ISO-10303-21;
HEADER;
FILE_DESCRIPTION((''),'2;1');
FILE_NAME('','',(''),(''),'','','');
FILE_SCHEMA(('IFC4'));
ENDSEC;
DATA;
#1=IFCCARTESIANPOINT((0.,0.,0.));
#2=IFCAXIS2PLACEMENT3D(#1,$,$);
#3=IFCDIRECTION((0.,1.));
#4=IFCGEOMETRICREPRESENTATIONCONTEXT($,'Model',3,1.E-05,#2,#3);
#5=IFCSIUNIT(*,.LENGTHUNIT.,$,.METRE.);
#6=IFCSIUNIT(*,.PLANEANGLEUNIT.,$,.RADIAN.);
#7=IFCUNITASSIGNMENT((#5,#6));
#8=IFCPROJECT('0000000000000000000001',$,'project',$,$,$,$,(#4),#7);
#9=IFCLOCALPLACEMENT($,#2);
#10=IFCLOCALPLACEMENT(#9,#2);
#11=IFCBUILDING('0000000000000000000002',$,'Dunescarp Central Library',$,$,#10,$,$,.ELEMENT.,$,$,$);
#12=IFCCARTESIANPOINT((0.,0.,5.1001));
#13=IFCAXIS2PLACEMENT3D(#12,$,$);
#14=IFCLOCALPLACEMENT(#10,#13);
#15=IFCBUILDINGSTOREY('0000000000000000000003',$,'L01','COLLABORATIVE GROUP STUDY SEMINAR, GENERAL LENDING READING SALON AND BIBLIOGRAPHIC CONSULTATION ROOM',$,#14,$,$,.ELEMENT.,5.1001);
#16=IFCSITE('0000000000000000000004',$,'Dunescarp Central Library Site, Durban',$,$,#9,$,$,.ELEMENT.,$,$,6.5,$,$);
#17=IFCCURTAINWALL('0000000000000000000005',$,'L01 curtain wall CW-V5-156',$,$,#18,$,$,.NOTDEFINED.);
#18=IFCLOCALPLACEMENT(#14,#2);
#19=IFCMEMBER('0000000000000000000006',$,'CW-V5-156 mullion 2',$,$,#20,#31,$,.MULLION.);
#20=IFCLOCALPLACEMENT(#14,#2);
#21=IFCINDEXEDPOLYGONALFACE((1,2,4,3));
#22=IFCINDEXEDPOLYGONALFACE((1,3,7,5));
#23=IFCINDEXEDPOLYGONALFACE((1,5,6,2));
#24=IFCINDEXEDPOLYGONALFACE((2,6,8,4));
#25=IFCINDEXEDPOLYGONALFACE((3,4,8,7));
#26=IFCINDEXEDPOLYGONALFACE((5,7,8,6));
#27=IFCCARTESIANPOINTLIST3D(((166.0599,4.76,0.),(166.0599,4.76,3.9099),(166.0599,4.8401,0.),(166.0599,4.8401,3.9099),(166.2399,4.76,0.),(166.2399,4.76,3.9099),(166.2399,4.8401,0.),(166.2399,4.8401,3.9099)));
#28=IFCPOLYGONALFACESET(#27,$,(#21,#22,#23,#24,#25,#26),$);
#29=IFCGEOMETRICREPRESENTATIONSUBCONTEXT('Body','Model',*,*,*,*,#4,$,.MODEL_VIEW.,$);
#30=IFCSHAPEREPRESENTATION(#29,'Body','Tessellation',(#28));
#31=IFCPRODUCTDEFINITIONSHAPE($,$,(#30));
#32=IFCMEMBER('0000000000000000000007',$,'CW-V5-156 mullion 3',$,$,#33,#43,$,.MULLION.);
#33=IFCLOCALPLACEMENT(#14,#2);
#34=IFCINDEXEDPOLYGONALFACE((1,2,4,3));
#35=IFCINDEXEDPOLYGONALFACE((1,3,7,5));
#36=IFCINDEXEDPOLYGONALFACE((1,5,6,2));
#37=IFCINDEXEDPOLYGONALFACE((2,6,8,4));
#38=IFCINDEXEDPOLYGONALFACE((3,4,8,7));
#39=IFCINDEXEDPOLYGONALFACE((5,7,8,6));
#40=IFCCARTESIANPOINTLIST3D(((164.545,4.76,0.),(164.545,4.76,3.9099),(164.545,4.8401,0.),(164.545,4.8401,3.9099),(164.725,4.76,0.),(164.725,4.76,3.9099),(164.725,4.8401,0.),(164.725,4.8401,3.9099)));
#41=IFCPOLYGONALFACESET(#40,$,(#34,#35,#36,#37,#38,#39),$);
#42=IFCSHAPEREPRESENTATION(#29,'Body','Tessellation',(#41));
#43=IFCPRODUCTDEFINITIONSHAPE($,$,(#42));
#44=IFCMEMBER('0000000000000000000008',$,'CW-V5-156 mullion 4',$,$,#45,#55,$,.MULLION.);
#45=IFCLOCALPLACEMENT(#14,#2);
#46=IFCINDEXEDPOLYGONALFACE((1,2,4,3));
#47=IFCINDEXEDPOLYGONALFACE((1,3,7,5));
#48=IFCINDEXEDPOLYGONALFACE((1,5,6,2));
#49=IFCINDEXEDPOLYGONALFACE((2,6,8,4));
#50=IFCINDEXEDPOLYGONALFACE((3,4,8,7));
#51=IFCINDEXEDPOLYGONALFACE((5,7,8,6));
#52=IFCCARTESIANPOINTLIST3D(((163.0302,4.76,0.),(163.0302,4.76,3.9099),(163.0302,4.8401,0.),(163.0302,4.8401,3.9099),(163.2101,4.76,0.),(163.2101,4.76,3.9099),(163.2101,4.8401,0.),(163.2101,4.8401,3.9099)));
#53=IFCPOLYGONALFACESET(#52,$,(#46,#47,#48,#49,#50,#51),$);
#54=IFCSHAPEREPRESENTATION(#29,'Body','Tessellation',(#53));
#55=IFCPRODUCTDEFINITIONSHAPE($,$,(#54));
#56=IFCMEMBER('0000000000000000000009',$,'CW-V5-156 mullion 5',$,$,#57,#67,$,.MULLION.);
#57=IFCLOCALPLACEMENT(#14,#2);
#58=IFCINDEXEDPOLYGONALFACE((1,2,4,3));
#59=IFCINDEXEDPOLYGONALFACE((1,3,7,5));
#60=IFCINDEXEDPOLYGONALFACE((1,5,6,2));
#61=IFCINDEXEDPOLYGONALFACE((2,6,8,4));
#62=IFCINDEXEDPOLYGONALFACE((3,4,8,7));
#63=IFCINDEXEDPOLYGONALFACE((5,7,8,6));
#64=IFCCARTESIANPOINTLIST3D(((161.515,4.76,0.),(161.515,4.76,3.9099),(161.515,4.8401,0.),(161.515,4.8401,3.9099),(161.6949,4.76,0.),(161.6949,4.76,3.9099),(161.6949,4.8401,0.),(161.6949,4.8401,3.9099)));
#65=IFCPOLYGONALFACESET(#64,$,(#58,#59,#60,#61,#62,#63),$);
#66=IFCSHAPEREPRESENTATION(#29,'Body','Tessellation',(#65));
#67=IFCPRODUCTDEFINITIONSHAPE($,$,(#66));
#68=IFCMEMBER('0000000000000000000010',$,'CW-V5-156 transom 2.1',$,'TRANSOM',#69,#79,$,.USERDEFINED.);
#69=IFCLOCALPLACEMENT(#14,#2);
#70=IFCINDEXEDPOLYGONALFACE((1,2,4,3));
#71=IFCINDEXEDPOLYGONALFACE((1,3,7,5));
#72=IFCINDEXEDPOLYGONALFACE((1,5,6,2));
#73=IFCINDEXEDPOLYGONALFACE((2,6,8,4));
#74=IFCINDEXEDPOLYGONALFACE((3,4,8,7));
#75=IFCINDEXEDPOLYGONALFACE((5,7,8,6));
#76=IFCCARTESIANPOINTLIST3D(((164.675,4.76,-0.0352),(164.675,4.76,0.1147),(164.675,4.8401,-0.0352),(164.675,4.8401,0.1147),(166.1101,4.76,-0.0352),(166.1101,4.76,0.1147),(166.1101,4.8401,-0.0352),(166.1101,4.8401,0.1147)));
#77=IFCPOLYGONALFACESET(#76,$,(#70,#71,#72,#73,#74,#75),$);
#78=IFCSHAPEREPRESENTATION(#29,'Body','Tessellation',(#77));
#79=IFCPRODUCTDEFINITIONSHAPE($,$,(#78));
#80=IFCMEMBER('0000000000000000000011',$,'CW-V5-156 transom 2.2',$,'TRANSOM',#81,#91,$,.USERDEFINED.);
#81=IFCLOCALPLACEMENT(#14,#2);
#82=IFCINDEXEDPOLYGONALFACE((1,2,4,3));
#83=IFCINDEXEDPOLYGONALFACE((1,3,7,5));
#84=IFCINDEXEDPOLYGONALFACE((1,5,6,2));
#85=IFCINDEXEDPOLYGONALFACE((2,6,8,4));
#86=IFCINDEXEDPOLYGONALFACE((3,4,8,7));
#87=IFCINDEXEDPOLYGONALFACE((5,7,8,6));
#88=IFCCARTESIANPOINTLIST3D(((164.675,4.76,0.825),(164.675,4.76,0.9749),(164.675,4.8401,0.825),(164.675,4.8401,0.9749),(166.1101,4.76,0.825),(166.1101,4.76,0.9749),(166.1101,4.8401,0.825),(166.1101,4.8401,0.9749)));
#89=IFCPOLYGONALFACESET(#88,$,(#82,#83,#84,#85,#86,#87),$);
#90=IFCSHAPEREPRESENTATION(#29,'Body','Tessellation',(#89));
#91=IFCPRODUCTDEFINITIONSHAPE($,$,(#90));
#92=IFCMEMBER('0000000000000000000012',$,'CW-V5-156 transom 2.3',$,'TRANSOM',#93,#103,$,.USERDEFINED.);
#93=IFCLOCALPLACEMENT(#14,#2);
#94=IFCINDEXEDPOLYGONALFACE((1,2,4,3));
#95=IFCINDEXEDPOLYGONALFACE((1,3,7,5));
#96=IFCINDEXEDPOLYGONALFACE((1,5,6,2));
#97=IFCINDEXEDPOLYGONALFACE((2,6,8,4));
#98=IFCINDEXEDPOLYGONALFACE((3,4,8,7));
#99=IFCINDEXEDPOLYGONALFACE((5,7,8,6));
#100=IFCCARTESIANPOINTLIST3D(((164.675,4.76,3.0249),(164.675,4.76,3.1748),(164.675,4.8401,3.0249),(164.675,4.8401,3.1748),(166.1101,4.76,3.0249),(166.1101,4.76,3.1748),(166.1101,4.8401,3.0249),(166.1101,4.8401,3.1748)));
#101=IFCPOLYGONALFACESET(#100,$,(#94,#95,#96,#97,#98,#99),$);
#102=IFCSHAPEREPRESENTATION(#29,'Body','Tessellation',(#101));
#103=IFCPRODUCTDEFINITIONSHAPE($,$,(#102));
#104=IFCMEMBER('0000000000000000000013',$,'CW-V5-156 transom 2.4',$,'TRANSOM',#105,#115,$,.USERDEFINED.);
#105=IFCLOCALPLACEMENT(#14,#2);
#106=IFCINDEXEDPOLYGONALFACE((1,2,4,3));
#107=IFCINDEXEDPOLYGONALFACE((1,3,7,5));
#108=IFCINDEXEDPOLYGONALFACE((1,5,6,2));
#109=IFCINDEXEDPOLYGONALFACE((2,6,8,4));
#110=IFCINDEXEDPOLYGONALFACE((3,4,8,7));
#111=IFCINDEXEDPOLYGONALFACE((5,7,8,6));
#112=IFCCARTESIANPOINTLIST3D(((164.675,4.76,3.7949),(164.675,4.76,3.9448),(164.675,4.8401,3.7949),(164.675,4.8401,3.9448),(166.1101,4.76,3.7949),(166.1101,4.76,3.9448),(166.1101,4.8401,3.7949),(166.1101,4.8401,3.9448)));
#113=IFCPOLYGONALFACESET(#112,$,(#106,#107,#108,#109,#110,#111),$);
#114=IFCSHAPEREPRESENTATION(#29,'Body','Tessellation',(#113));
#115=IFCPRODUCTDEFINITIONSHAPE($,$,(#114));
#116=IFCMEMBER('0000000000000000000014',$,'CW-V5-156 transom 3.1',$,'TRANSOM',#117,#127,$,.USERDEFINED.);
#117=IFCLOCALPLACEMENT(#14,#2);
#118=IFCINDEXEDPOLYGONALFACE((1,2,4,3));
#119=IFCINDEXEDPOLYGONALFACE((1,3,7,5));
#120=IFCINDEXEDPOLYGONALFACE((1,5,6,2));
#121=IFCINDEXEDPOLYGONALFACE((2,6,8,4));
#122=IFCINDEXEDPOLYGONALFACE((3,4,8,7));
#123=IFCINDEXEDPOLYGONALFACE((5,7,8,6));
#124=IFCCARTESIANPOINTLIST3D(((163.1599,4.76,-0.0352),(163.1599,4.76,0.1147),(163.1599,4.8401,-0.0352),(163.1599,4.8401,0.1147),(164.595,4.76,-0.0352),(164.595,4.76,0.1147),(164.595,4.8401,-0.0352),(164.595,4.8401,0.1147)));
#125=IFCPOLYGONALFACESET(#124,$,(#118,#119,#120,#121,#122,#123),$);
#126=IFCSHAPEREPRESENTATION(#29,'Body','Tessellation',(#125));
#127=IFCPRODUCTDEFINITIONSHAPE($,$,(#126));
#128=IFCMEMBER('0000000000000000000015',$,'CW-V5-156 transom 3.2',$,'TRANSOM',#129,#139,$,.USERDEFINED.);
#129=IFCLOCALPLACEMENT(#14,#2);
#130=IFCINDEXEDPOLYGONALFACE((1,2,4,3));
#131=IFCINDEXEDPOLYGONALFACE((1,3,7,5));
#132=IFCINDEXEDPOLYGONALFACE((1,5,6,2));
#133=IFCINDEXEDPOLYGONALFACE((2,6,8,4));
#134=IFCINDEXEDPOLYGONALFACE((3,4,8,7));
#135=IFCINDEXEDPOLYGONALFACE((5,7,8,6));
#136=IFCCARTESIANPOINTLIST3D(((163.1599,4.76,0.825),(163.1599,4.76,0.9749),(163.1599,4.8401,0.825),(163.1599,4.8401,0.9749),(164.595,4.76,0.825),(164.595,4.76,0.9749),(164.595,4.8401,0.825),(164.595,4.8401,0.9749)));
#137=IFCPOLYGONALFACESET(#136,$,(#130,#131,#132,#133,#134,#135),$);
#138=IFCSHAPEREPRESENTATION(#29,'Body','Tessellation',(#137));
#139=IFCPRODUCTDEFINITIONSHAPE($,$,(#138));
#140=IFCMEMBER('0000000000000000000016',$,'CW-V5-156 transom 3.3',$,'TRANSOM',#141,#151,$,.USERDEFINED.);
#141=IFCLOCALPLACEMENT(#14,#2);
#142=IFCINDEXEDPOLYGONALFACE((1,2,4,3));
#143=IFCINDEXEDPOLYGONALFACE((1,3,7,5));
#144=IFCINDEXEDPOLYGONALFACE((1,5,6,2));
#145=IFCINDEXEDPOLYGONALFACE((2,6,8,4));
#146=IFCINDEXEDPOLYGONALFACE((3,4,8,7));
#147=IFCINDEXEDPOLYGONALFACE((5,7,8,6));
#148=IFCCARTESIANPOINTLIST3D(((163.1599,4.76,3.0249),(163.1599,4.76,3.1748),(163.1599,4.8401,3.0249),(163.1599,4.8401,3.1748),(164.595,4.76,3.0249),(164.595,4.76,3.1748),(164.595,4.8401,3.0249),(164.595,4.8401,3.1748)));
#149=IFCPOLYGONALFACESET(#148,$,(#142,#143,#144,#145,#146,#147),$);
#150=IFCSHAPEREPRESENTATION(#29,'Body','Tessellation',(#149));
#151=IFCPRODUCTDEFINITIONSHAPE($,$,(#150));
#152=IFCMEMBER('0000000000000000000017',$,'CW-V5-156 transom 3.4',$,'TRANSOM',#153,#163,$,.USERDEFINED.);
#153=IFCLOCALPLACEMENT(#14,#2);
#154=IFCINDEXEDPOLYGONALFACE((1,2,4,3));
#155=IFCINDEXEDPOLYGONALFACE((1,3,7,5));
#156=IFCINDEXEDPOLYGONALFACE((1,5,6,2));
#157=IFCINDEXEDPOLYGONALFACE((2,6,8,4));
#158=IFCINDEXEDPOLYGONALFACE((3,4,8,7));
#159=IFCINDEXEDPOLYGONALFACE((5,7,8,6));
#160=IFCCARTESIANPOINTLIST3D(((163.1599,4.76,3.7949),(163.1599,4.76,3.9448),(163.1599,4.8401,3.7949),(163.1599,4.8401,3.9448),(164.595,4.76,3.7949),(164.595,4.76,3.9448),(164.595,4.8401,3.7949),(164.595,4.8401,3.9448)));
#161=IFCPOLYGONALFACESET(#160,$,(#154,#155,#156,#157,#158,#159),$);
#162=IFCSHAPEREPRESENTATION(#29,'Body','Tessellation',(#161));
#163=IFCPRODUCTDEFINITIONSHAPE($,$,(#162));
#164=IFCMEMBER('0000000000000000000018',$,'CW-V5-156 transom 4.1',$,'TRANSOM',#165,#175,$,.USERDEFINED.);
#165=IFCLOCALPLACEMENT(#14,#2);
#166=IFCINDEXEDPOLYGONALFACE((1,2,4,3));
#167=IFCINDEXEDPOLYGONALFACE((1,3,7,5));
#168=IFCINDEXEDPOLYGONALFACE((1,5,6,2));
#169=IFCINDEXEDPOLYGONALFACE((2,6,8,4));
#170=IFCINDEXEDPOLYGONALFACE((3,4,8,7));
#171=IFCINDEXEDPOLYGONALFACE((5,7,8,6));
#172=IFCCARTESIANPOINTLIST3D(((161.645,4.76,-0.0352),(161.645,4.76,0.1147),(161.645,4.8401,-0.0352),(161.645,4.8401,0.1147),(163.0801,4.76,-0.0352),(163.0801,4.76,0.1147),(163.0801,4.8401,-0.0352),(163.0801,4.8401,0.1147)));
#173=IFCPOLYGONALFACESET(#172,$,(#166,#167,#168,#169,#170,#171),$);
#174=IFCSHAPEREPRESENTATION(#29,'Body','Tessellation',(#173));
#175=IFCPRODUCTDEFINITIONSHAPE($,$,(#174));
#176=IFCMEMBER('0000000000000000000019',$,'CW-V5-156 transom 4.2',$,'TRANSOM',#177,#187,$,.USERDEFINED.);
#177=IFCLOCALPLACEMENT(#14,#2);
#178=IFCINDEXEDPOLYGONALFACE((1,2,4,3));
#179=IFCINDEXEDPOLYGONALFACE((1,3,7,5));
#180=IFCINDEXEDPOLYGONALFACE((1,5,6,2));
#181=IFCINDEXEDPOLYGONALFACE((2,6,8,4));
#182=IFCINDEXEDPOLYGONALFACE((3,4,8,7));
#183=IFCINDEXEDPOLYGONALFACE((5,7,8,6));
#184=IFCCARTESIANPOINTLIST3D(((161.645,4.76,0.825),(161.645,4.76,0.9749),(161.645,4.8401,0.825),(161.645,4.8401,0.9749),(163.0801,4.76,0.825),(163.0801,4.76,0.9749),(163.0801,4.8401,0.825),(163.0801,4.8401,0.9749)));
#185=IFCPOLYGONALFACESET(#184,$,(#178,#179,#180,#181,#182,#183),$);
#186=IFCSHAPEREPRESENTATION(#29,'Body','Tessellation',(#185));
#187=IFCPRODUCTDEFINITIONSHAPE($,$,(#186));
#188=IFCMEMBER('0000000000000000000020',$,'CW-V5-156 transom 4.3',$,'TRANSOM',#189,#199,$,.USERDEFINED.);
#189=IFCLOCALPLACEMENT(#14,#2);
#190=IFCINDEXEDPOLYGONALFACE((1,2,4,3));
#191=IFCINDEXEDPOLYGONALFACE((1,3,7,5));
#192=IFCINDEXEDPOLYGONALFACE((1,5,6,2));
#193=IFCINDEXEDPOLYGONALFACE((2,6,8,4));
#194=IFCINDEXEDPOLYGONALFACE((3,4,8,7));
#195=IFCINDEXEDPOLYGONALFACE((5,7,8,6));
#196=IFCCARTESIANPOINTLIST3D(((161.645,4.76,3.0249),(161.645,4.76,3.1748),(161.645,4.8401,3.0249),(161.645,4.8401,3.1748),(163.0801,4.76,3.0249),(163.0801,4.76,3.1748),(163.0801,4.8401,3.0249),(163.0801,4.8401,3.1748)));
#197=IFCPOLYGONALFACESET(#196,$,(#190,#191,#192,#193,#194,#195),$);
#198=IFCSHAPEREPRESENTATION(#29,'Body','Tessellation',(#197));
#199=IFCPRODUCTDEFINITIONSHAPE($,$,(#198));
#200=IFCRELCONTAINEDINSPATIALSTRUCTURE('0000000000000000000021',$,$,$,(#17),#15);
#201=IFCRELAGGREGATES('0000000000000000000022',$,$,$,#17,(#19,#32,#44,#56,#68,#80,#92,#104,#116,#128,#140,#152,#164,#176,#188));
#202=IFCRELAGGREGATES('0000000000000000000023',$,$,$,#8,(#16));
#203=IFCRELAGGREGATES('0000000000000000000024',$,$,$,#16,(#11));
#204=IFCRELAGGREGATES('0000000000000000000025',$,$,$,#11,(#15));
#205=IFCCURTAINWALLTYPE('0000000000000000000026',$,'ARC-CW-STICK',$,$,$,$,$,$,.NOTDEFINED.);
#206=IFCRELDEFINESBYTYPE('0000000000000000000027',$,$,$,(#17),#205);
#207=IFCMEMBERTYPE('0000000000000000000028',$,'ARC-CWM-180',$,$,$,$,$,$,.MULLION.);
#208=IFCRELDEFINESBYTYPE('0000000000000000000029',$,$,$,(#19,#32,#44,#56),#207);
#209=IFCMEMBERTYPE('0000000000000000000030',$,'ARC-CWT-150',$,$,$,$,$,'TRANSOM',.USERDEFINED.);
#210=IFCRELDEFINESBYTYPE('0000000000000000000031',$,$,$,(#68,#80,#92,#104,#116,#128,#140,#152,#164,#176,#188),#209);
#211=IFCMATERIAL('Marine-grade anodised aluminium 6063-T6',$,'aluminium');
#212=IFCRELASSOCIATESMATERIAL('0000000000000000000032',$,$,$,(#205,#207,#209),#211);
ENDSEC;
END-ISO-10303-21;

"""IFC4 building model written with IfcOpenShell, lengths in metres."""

from ifc_helpers import new_model, si_unit, direction, frame, origin, origin_2d, place, context, subcontext, project, spatial, rectangle, extrude, material, material_profile, profile_set, type_object, element, aggregate, save


model = new_model("IFC4")

# Units and contexts
model_context = context("Model", 3, precision=1e-05, world=origin(), true_north=direction((0.0, 1.0)))
body_context = subcontext(model_context, "Body", "Model", "MODEL_VIEW")
ifc_project = project(units=[si_unit("LENGTHUNIT", "METRE"), si_unit("PLANEANGLEUNIT", "RADIAN")], contexts=[model_context])

# Site, building, storey
site_placement = place(None, origin())
site = spatial("IfcSite", under=ifc_project, at=site_placement, Name="Dunescarp Central Library Site, Durban", CompositionType="ELEMENT", RefElevation=6.5)
building_placement = place(site_placement, origin())
building = spatial("IfcBuilding", under=site, at=building_placement, Name="Dunescarp Central Library", CompositionType="ELEMENT")
storey_placement = place(building_placement, frame((0.0, 0.0, 5.1001)))
storey = spatial("IfcBuildingStorey", under=building, at=storey_placement, Name="L01", Description="COLLABORATIVE GROUP STUDY SEMINAR, GENERAL LENDING READING SALON AND BIBLIOGRAPHIC CONSULTATION ROOM", CompositionType="ELEMENT", Elevation=5.1001)

# Curtain wall, members
ifc_material_1 = material(Name="Marine-grade anodised aluminium 6063-T6", Category="aluminium")
curtain_wall_type = type_object("IfcCurtainWallType", Name="ARC-CW-STICK", PredefinedType="NOTDEFINED", material=ifc_material_1)
curtain_wall_placement = place(storey_placement, origin())
curtain_wall = element("IfcCurtainWall", 1, at=curtain_wall_placement, inside=storey, type_object=curtain_wall_type, Name="L01 curtain wall CW-V5-156", PredefinedType="NOTDEFINED")
ifc_material_profile_1 = material_profile(ifc_material_1, rectangle(XDim=0.0801, YDim=0.1799, at=origin_2d()), Name="AL 80x180")
ifc_profile_set_1 = profile_set([ifc_material_profile_1], Name="Marine-grade anodised aluminium 6063-T6")
member_type_1 = type_object("IfcMemberType", Name="ARC-CWM-180", PredefinedType="MULLION", material=ifc_profile_set_1)
member_1_placement = place(storey_placement, frame((166.1499, 4.8, 0.0), z_axis=(0.0, 0.0, 1.0), x_axis=(0.0, -1.0, 0.0)))
member_1 = element("IfcMember", 2, at=member_1_placement, type_object=member_type_1, Name="CW-V5-156 mullion 2", PredefinedType="MULLION", context=body_context, shape_type="SweptSolid", body=[
    extrude(rectangle(XDim=0.0801, YDim=0.1799, at=origin_2d()), origin(), (0.0, 0.0, 1.0), 3.9099),
])
member_2_placement = place(storey_placement, frame((164.635, 4.8, 0.0), z_axis=(0.0, 0.0, 1.0), x_axis=(0.0, -1.0, 0.0)))
member_2 = element("IfcMember", 3, at=member_2_placement, type_object=member_type_1, Name="CW-V5-156 mullion 3", PredefinedType="MULLION", context=body_context, shape_type="SweptSolid", body=[
    extrude(rectangle(XDim=0.0801, YDim=0.1799, at=origin_2d()), origin(), (0.0, 0.0, 1.0), 3.9099),
])
member_3_placement = place(storey_placement, frame((163.1201, 4.8, 0.0), z_axis=(0.0, 0.0, 1.0), x_axis=(0.0, -1.0, 0.0)))
member_3 = element("IfcMember", 4, at=member_3_placement, type_object=member_type_1, Name="CW-V5-156 mullion 4", PredefinedType="MULLION", context=body_context, shape_type="SweptSolid", body=[
    extrude(rectangle(XDim=0.0801, YDim=0.1799, at=origin_2d()), origin(), (0.0, 0.0, 1.0), 3.9099),
])
member_4_placement = place(storey_placement, frame((161.605, 4.8, 0.0), z_axis=(0.0, 0.0, 1.0), x_axis=(0.0, -1.0, 0.0)))
member_4 = element("IfcMember", 5, at=member_4_placement, type_object=member_type_1, Name="CW-V5-156 mullion 5", PredefinedType="MULLION", context=body_context, shape_type="SweptSolid", body=[
    extrude(rectangle(XDim=0.0801, YDim=0.1799, at=origin_2d()), origin(), (0.0, 0.0, 1.0), 3.9099),
])
ifc_material_profile_2 = material_profile(ifc_material_1, rectangle(XDim=0.0801, YDim=0.1499, at=origin_2d()), Name="AL 80x150")
ifc_profile_set_2 = profile_set([ifc_material_profile_2], Name="Marine-grade anodised aluminium 6063-T6")
member_type_2 = type_object("IfcMemberType", Name="ARC-CWT-150", ElementType="TRANSOM", PredefinedType="USERDEFINED", material=ifc_profile_set_2)
member_5_placement = place(storey_placement, frame((166.1101, 4.8, 0.0398), z_axis=(-1.0, 0.0, 0.0), x_axis=(0.0, -1.0, 0.0)))
member_5 = element("IfcMember", 6, at=member_5_placement, type_object=member_type_2, Name="CW-V5-156 transom 2.1", ObjectType="TRANSOM", PredefinedType="USERDEFINED", context=body_context, shape_type="SweptSolid", body=[
    extrude(rectangle(XDim=0.0801, YDim=0.1499, at=origin_2d()), origin(), (0.0, 0.0, 1.0), 1.4351),
])
member_6_placement = place(storey_placement, frame((166.1101, 4.8, 0.8999), z_axis=(-1.0, 0.0, 0.0), x_axis=(0.0, -1.0, 0.0)))
member_6 = element("IfcMember", 7, at=member_6_placement, type_object=member_type_2, Name="CW-V5-156 transom 2.2", ObjectType="TRANSOM", PredefinedType="USERDEFINED", context=body_context, shape_type="SweptSolid", body=[
    extrude(rectangle(XDim=0.0801, YDim=0.1499, at=origin_2d()), origin(), (0.0, 0.0, 1.0), 1.4351),
])
member_7_placement = place(storey_placement, frame((166.1101, 4.8, 3.0999), z_axis=(-1.0, 0.0, 0.0), x_axis=(0.0, -1.0, 0.0)))
member_7 = element("IfcMember", 8, at=member_7_placement, type_object=member_type_2, Name="CW-V5-156 transom 2.3", ObjectType="TRANSOM", PredefinedType="USERDEFINED", context=body_context, shape_type="SweptSolid", body=[
    extrude(rectangle(XDim=0.0801, YDim=0.1499, at=origin_2d()), origin(), (0.0, 0.0, 1.0), 1.4351),
])
member_8_placement = place(storey_placement, frame((166.1101, 4.8, 3.8699), z_axis=(-1.0, 0.0, 0.0), x_axis=(0.0, -1.0, 0.0)))
member_8 = element("IfcMember", 9, at=member_8_placement, type_object=member_type_2, Name="CW-V5-156 transom 2.4", ObjectType="TRANSOM", PredefinedType="USERDEFINED", context=body_context, shape_type="SweptSolid", body=[
    extrude(rectangle(XDim=0.0801, YDim=0.1499, at=origin_2d()), origin(), (0.0, 0.0, 1.0), 1.4351),
])
member_9_placement = place(storey_placement, frame((164.595, 4.8, 0.0398), z_axis=(-1.0, 0.0, 0.0), x_axis=(0.0, -1.0, 0.0)))
member_9 = element("IfcMember", 10, at=member_9_placement, type_object=member_type_2, Name="CW-V5-156 transom 3.1", ObjectType="TRANSOM", PredefinedType="USERDEFINED", context=body_context, shape_type="SweptSolid", body=[
    extrude(rectangle(XDim=0.0801, YDim=0.1499, at=origin_2d()), origin(), (0.0, 0.0, 1.0), 1.4351),
])
member_10_placement = place(storey_placement, frame((164.595, 4.8, 0.8999), z_axis=(-1.0, 0.0, 0.0), x_axis=(0.0, -1.0, 0.0)))
member_10 = element("IfcMember", 11, at=member_10_placement, type_object=member_type_2, Name="CW-V5-156 transom 3.2", ObjectType="TRANSOM", PredefinedType="USERDEFINED", context=body_context, shape_type="SweptSolid", body=[
    extrude(rectangle(XDim=0.0801, YDim=0.1499, at=origin_2d()), origin(), (0.0, 0.0, 1.0), 1.4351),
])
member_11_placement = place(storey_placement, frame((164.595, 4.8, 3.0999), z_axis=(-1.0, 0.0, 0.0), x_axis=(0.0, -1.0, 0.0)))
member_11 = element("IfcMember", 12, at=member_11_placement, type_object=member_type_2, Name="CW-V5-156 transom 3.3", ObjectType="TRANSOM", PredefinedType="USERDEFINED", context=body_context, shape_type="SweptSolid", body=[
    extrude(rectangle(XDim=0.0801, YDim=0.1499, at=origin_2d()), origin(), (0.0, 0.0, 1.0), 1.4351),
])
member_12_placement = place(storey_placement, frame((164.595, 4.8, 3.8699), z_axis=(-1.0, 0.0, 0.0), x_axis=(0.0, -1.0, 0.0)))
member_12 = element("IfcMember", 13, at=member_12_placement, type_object=member_type_2, Name="CW-V5-156 transom 3.4", ObjectType="TRANSOM", PredefinedType="USERDEFINED", context=body_context, shape_type="SweptSolid", body=[
    extrude(rectangle(XDim=0.0801, YDim=0.1499, at=origin_2d()), origin(), (0.0, 0.0, 1.0), 1.4351),
])
member_13_placement = place(storey_placement, frame((163.0801, 4.8, 0.0398), z_axis=(-1.0, 0.0, 0.0), x_axis=(0.0, -1.0, 0.0)))
member_13 = element("IfcMember", 14, at=member_13_placement, type_object=member_type_2, Name="CW-V5-156 transom 4.1", ObjectType="TRANSOM", PredefinedType="USERDEFINED", context=body_context, shape_type="SweptSolid", body=[
    extrude(rectangle(XDim=0.0801, YDim=0.1499, at=origin_2d()), origin(), (0.0, 0.0, 1.0), 1.4351),
])
member_14_placement = place(storey_placement, frame((163.0801, 4.8, 0.8999), z_axis=(-1.0, 0.0, 0.0), x_axis=(0.0, -1.0, 0.0)))
member_14 = element("IfcMember", 15, at=member_14_placement, type_object=member_type_2, Name="CW-V5-156 transom 4.2", ObjectType="TRANSOM", PredefinedType="USERDEFINED", context=body_context, shape_type="SweptSolid", body=[
    extrude(rectangle(XDim=0.0801, YDim=0.1499, at=origin_2d()), origin(), (0.0, 0.0, 1.0), 1.4351),
])
member_15_placement = place(storey_placement, frame((163.0801, 4.8, 3.0999), z_axis=(-1.0, 0.0, 0.0), x_axis=(0.0, -1.0, 0.0)))
member_15 = element("IfcMember", 16, at=member_15_placement, type_object=member_type_2, Name="CW-V5-156 transom 4.3", ObjectType="TRANSOM", PredefinedType="USERDEFINED", context=body_context, shape_type="SweptSolid", body=[
    extrude(rectangle(XDim=0.0801, YDim=0.1499, at=origin_2d()), origin(), (0.0, 0.0, 1.0), 1.4351),
])
aggregate(curtain_wall, [member_1, member_2, member_3, member_4, member_5, member_6, member_7, member_8, member_9, member_10, member_11, member_12, member_13, member_14, member_15])

save(model, "model.ifc")
